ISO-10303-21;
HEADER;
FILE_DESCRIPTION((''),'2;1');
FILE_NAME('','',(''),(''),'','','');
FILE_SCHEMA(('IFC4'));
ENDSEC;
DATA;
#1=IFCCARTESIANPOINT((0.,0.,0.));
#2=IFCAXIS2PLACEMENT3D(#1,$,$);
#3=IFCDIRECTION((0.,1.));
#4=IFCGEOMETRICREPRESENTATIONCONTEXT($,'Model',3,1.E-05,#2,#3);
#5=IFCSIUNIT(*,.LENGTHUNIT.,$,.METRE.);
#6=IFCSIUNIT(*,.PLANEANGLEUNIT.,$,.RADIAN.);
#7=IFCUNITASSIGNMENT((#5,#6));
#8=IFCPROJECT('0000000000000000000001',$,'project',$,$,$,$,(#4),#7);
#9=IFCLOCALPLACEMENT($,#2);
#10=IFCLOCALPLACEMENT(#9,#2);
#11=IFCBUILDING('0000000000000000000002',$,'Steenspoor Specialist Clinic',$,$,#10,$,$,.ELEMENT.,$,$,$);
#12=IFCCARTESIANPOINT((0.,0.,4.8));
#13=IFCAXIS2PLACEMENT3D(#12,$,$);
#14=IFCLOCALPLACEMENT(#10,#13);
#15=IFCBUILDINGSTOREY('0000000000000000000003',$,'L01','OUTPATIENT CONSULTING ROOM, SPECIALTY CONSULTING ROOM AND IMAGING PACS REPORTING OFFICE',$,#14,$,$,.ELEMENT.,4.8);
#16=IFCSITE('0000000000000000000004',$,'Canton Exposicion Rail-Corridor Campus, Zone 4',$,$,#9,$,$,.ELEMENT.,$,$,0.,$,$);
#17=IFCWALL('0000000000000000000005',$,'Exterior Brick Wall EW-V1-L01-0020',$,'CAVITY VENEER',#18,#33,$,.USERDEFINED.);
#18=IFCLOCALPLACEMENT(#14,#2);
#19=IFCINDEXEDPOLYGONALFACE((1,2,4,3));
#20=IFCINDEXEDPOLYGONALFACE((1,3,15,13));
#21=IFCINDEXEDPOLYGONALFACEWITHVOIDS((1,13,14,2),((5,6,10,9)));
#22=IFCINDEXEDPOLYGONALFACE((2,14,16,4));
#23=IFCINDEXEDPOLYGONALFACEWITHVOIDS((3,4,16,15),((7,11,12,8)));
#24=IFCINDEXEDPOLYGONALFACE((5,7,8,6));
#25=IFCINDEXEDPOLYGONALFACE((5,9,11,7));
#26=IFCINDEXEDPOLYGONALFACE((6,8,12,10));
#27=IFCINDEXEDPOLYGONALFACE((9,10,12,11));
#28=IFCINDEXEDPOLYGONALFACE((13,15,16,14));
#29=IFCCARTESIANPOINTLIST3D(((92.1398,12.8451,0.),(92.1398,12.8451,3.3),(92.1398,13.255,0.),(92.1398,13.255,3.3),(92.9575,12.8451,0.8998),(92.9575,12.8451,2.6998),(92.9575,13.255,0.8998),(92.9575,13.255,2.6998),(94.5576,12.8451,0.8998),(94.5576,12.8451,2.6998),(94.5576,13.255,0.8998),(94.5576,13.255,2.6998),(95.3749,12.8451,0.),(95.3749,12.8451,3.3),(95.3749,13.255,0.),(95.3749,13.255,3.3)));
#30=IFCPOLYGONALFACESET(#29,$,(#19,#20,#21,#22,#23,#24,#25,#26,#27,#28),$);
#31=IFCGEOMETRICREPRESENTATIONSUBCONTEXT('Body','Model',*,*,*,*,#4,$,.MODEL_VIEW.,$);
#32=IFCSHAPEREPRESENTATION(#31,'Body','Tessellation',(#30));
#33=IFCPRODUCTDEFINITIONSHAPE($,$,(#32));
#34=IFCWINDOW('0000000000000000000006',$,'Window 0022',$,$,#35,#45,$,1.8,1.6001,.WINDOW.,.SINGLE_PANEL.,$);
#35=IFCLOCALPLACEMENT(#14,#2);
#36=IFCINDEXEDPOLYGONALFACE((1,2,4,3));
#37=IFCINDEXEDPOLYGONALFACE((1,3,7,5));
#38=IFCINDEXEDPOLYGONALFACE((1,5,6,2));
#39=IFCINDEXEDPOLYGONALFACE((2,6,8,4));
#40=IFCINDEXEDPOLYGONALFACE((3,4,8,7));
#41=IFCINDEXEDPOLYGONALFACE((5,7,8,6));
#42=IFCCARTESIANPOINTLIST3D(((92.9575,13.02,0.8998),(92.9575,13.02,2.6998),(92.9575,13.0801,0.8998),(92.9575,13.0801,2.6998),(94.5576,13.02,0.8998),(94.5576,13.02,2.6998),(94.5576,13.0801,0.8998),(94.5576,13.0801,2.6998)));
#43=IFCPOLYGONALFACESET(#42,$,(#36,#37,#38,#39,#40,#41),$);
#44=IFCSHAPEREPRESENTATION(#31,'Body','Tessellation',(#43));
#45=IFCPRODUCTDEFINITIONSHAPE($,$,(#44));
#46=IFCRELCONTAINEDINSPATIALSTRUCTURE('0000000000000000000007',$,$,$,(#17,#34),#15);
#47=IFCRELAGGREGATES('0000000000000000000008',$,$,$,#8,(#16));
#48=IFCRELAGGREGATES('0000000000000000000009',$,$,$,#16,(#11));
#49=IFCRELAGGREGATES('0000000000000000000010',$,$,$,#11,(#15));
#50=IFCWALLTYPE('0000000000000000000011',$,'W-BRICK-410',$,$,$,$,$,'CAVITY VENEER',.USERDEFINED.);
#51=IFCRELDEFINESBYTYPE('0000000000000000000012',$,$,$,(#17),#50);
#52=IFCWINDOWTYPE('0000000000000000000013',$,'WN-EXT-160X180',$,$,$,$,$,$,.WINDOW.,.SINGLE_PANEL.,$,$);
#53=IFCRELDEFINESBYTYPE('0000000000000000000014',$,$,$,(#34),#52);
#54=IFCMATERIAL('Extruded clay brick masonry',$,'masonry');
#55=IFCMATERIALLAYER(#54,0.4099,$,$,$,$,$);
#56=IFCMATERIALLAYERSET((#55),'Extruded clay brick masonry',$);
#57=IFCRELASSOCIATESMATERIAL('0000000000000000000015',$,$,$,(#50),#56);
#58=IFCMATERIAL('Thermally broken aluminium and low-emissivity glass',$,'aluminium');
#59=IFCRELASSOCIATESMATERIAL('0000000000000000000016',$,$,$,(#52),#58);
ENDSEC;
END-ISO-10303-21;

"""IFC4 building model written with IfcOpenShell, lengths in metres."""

from ifc_helpers import new_model, si_unit, direction, frame, frame_2d, origin, place, context, subcontext, project, spatial, rectangle, extrude, material, layer, layer_set, type_object, element, fill, save


model = new_model("IFC4")

# Units and contexts
model_context = context("Model", 3, precision=1e-05, world=origin(), true_north=direction((0.0, 1.0)))
body_context = subcontext(model_context, "Body", "Model", "MODEL_VIEW")
ifc_project = project(units=[si_unit("LENGTHUNIT", "METRE"), si_unit("PLANEANGLEUNIT", "RADIAN")], contexts=[model_context])

# Site, building, storey
site_placement = place(None, origin())
site = spatial("IfcSite", under=ifc_project, at=site_placement, Name="Canton Exposicion Rail-Corridor Campus, Zone 4", CompositionType="ELEMENT", RefElevation=0.0)
building_placement = place(site_placement, origin())
building = spatial("IfcBuilding", under=site, at=building_placement, Name="Steenspoor Specialist Clinic", CompositionType="ELEMENT")
storey_placement = place(building_placement, frame((0.0, 0.0, 4.8)))
storey = spatial("IfcBuildingStorey", under=building, at=storey_placement, Name="L01", Description="OUTPATIENT CONSULTING ROOM, SPECIALTY CONSULTING ROOM AND IMAGING PACS REPORTING OFFICE", CompositionType="ELEMENT", Elevation=4.8)

# Shared definitions
ifc_material_1 = material(Name="Thermally broken aluminium and low-emissivity glass", Category="aluminium")

# Wall, opening, window
ifc_material_2 = material(Name="Extruded clay brick masonry", Category="masonry")
ifc_layer_1 = layer(ifc_material_2, 0.4099)
ifc_layer_set_1 = layer_set([ifc_layer_1], Name="Extruded clay brick masonry")
wall_type = type_object("IfcWallType", Name="W-BRICK-410", ElementType="CAVITY VENEER", PredefinedType="USERDEFINED", material=ifc_layer_set_1)
wall_placement = place(storey_placement, frame((95.375, 13.05, 0.0), z_axis=(0.0, 0.0, 1.0), x_axis=(-1.0, 0.0, 0.0)))
wall = element("IfcWall", 1, at=wall_placement, inside=storey, type_object=wall_type, Name="Exterior Brick Wall EW-V1-L01-0020", ObjectType="CAVITY VENEER", PredefinedType="USERDEFINED", context=body_context, shape_type="SweptSolid", body=[
    extrude(rectangle(XDim=3.2351, YDim=0.4099, at=frame_2d((1.6177, 0.0))), origin(), (0.0, 0.0, 1.0), 3.3),
])
opening_placement = place(wall_placement, frame((0.8174, 0.0, 0.8999)))
opening = element("IfcOpeningElement", 2, at=opening_placement, cuts=wall, PredefinedType="OPENING", context=body_context, shape_type="SweptSolid", body=[
    extrude(rectangle(XDim=1.6001, YDim=1.8, at=frame_2d((0.8, 0.8999))), frame((0.0, 0.2148, 0.0), z_axis=(0.0, -1.0, 0.0), x_axis=(1.0, 0.0, 0.0)), (0.0, 0.0, 1.0), 0.4299),
])
window_type = type_object("IfcWindowType", Name="WN-EXT-160X180", PartitioningType="SINGLE_PANEL", PredefinedType="WINDOW", material=ifc_material_1)
window_placement = place(opening_placement, origin())
window = element("IfcWindow", 3, at=window_placement, inside=storey, type_object=window_type, Name="Window 0022", OverallHeight=1.8, OverallWidth=1.6001, PartitioningType="SINGLE_PANEL", PredefinedType="WINDOW", context=body_context, shape_type="SweptSolid", body=[
    extrude(rectangle(XDim=1.6001, YDim=1.8, at=frame_2d((0.8, 0.8999))), frame((0.0, 0.03, 0.0), z_axis=(0.0, -1.0, 0.0), x_axis=(1.0, 0.0, 0.0)), (0.0, 0.0, 1.0), 0.0601),
])
fill(opening, window)

save(model, "model.ifc")
